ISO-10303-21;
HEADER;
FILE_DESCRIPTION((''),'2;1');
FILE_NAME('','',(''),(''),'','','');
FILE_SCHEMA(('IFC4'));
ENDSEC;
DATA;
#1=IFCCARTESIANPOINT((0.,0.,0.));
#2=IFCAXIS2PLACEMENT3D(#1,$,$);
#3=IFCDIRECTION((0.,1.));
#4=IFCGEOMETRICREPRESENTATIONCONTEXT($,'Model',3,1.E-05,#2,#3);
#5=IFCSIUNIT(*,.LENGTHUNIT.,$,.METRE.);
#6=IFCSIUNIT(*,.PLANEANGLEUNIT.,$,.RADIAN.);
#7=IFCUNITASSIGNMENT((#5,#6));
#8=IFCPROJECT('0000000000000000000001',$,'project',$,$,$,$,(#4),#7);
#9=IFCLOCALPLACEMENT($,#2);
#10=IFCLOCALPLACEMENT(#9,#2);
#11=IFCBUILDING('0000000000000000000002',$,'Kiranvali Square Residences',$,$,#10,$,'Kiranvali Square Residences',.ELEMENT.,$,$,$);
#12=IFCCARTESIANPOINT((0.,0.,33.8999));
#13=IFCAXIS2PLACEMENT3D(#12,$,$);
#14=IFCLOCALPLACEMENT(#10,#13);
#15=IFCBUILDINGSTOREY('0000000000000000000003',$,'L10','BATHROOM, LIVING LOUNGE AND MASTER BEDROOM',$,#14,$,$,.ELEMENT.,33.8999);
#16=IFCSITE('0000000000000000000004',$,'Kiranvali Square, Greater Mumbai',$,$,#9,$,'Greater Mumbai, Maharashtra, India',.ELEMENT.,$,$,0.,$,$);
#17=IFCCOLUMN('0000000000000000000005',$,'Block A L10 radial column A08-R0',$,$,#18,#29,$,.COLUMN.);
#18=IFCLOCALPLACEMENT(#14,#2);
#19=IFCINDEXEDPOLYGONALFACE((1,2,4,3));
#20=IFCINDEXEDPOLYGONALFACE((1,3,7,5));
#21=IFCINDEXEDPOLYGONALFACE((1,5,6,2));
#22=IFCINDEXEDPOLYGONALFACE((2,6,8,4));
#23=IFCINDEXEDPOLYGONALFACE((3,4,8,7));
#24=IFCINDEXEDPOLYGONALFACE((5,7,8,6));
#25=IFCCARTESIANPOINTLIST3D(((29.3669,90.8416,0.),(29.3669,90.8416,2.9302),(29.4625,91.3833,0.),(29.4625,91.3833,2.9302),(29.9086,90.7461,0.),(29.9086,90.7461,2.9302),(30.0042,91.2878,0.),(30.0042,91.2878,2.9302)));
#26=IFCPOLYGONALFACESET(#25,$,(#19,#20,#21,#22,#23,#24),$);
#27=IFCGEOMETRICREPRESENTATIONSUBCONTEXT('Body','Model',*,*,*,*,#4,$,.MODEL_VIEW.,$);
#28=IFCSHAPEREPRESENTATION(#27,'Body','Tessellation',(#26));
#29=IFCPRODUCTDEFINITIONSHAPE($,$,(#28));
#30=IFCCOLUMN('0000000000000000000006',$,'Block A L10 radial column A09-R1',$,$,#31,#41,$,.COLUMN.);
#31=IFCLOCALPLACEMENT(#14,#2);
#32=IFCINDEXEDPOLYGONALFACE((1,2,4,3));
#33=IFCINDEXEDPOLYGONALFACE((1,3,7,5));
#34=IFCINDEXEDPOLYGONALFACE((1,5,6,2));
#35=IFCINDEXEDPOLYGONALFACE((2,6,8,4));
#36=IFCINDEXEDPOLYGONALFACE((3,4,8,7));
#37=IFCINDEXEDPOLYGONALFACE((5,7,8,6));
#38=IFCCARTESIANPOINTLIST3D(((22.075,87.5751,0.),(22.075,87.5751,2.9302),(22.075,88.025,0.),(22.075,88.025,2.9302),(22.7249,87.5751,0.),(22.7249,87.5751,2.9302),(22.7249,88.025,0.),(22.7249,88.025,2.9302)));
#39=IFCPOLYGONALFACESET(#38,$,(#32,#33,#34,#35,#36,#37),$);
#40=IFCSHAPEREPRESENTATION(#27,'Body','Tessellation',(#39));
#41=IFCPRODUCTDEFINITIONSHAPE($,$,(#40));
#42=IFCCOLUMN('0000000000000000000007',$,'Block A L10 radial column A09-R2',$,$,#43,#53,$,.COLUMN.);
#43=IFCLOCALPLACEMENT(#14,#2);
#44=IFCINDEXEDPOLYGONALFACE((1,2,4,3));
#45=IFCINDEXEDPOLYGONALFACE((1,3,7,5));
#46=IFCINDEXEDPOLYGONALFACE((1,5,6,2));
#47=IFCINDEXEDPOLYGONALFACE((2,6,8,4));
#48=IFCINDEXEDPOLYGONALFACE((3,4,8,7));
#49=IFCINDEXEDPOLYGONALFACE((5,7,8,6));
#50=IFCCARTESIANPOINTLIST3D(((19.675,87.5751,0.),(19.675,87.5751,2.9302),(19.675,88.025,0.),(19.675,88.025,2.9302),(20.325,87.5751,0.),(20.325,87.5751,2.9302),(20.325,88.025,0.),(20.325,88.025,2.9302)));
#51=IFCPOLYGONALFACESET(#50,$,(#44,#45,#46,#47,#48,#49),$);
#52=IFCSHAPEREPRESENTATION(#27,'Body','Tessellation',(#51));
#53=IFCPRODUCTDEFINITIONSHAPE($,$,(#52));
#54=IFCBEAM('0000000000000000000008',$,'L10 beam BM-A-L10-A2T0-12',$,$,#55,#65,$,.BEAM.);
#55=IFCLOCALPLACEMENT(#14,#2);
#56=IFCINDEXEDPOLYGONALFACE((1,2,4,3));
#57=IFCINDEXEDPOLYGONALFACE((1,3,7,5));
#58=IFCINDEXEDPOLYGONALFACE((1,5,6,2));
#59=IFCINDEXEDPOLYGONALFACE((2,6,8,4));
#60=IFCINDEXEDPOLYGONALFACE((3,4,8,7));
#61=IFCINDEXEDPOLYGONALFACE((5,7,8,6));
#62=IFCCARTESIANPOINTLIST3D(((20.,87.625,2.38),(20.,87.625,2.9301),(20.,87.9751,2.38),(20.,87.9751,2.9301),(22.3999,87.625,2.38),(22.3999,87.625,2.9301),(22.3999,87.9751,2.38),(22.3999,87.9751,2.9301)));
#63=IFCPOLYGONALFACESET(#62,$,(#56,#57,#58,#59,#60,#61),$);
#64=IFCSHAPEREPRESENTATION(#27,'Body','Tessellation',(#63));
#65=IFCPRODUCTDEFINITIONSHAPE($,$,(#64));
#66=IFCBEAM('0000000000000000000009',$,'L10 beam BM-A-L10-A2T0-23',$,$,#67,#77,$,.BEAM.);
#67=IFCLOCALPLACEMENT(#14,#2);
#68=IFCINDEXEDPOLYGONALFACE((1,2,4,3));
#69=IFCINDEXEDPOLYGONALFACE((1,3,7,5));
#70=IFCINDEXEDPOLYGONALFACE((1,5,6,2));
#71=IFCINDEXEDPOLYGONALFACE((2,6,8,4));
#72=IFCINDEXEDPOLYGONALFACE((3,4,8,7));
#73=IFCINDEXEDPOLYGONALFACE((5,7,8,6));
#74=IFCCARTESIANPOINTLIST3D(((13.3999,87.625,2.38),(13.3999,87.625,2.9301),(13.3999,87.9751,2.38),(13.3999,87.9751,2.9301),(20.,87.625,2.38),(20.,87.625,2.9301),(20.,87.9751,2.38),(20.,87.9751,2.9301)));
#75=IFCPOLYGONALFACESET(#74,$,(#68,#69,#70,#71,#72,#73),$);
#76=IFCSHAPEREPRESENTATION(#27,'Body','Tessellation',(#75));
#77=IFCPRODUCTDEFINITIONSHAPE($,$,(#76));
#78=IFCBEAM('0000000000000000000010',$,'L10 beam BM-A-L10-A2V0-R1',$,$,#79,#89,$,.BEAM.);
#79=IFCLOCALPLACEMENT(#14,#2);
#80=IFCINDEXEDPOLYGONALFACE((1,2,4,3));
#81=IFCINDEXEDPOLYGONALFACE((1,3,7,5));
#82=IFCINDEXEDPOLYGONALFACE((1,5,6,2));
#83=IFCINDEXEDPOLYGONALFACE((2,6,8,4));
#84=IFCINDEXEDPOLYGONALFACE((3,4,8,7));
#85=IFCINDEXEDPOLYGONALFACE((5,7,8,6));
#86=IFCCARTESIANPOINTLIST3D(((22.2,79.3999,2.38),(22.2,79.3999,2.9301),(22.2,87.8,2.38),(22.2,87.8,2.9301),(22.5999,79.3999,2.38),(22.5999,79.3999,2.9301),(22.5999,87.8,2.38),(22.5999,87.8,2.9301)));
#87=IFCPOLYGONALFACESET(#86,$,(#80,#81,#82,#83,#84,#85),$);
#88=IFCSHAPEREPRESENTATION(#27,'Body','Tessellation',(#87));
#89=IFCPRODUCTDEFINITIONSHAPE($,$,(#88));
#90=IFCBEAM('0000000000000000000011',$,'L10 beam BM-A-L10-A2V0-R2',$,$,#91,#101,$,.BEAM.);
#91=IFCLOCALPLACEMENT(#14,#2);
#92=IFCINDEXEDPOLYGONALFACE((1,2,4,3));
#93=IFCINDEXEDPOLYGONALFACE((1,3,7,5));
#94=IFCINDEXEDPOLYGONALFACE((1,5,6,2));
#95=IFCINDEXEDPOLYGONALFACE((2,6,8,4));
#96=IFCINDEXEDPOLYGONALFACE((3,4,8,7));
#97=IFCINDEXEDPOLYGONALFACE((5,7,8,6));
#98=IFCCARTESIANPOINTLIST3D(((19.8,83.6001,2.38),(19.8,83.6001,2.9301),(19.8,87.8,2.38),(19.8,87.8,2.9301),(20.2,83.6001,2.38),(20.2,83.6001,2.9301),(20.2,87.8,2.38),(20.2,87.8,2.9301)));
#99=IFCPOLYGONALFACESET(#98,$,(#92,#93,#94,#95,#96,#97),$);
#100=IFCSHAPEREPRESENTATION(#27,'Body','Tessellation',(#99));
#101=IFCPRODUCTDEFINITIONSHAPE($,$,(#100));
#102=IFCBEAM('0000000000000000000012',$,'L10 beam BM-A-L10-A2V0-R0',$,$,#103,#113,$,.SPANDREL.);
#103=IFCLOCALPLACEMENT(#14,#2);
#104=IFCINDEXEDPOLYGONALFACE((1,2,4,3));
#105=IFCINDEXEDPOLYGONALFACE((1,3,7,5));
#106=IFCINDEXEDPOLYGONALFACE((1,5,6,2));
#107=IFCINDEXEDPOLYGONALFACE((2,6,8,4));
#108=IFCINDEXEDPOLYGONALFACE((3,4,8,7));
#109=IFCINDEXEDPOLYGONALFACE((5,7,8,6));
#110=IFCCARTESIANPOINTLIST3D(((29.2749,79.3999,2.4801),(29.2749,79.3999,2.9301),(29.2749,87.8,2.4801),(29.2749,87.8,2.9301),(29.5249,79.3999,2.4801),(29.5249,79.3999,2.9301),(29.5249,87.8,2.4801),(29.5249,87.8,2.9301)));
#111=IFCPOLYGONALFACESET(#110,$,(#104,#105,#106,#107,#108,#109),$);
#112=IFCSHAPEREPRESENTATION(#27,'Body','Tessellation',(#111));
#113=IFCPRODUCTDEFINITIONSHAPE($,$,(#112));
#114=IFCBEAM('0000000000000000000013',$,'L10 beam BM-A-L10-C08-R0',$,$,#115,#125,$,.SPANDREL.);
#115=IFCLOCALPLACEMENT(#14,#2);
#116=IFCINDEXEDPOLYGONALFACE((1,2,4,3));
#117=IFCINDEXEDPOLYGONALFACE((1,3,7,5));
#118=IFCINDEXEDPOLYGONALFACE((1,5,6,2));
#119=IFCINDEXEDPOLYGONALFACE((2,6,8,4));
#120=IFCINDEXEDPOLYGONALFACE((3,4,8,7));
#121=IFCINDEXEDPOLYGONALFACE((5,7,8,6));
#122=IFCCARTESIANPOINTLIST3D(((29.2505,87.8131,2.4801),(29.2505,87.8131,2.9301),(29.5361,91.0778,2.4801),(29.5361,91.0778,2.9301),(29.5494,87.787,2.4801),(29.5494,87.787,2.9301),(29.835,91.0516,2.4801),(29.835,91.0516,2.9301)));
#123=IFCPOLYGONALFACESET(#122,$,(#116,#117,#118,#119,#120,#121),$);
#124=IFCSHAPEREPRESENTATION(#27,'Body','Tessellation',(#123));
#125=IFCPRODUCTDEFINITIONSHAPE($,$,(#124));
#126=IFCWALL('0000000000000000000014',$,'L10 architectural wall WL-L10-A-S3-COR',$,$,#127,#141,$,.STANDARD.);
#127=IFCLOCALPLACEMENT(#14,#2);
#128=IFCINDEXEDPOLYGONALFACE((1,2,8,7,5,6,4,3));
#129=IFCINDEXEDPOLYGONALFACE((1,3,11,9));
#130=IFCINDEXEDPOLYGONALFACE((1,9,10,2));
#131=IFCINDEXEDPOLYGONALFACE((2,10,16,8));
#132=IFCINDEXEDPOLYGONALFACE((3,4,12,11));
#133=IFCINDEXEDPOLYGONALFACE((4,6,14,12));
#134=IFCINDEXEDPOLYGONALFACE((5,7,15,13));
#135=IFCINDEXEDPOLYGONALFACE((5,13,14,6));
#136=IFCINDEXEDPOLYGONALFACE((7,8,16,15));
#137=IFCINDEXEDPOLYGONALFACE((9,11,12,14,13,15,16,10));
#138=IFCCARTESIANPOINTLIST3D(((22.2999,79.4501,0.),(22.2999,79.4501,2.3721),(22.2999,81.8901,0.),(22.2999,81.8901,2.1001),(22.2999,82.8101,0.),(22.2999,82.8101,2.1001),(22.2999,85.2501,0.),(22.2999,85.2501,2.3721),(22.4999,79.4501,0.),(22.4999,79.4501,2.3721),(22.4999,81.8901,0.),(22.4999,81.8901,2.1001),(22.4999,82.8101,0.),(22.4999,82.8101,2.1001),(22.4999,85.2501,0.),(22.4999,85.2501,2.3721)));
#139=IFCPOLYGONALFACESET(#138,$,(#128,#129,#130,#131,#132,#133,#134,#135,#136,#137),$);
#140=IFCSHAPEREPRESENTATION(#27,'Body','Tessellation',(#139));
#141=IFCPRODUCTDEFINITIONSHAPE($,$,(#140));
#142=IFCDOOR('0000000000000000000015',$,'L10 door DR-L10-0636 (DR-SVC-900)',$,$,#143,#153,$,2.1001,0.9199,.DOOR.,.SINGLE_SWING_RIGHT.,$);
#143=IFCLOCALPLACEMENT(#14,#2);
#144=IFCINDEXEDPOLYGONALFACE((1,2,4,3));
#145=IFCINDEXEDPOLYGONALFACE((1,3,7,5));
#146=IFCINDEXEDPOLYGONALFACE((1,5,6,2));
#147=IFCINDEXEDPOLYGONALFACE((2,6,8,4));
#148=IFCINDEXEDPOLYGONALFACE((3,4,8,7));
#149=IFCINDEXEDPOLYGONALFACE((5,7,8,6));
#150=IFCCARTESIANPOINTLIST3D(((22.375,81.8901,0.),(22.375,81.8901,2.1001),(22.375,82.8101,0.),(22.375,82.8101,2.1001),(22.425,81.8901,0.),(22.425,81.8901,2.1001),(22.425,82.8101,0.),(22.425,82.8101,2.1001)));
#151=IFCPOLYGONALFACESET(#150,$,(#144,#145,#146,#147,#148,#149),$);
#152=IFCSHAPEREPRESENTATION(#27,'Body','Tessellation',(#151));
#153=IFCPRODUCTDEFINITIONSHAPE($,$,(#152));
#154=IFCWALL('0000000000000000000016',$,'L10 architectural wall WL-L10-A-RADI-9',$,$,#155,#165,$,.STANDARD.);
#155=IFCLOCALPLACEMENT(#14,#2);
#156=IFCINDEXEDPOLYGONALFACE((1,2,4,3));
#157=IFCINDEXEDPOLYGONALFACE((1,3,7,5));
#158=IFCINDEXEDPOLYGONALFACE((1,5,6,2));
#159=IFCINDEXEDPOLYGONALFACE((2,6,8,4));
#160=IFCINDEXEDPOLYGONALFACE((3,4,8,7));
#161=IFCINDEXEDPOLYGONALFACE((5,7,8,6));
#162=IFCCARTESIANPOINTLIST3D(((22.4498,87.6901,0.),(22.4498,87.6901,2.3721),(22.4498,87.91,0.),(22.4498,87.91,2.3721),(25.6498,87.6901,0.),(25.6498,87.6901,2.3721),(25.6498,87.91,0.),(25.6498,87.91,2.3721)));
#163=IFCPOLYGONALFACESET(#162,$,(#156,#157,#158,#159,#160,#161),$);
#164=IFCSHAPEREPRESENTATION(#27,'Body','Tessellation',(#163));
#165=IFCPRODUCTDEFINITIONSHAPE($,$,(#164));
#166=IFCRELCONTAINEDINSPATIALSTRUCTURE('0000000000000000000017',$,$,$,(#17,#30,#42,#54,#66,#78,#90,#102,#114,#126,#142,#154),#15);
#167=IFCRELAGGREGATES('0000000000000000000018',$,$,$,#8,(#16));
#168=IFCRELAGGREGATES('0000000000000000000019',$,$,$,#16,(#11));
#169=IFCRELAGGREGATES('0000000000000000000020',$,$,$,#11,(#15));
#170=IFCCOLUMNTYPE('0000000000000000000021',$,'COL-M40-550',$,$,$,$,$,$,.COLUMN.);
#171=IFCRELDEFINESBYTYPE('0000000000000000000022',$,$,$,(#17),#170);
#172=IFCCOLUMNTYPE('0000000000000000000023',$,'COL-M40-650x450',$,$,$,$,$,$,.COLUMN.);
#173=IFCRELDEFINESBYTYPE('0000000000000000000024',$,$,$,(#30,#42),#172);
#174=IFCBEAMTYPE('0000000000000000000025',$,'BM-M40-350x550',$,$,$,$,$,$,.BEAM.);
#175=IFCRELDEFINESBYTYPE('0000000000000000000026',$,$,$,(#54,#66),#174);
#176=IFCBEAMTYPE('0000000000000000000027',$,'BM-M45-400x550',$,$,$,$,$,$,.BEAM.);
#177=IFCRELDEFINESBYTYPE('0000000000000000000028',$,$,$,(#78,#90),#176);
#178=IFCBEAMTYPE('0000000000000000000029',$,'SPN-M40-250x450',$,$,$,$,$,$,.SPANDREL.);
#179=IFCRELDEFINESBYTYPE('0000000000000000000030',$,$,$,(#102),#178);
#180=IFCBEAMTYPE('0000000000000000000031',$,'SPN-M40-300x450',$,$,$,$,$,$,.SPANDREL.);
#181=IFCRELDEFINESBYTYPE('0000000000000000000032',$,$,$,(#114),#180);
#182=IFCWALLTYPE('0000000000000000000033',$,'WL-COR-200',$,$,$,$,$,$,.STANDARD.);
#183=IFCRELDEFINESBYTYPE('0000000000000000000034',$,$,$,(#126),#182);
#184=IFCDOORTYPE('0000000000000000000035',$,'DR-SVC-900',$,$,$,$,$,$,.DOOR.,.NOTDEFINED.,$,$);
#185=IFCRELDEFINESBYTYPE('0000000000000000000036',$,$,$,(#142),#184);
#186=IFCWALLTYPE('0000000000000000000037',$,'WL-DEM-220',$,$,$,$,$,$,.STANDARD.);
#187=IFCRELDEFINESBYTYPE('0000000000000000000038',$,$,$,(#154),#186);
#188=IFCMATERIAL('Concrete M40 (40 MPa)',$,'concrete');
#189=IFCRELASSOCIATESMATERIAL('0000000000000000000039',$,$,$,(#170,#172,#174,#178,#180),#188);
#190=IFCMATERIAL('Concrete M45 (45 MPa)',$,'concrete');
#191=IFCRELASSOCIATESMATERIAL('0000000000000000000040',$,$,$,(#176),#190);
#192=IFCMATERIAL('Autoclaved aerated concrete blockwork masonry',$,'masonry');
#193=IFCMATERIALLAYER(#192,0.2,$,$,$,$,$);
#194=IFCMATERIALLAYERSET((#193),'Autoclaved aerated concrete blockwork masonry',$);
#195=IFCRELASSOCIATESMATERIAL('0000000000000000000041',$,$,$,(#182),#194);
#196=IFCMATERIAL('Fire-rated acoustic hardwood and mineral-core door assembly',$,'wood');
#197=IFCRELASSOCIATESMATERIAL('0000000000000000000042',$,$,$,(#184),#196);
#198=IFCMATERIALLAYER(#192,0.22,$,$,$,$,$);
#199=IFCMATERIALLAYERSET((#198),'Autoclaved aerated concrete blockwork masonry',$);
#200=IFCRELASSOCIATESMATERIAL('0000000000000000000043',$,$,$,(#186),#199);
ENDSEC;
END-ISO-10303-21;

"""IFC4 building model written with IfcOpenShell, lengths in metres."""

from ifc_helpers import new_model, si_unit, direction, frame, frame_2d, origin, origin_2d, place, context, subcontext, project, spatial, rectangle, extrude, material, layer, layer_set, material_profile, profile_set, type_object, element, fill, save


model = new_model("IFC4")

# Units and contexts
model_context = context("Model", 3, precision=1e-05, world=origin(), true_north=direction((0.0, 1.0)))
body_context = subcontext(model_context, "Body", "Model", "MODEL_VIEW")
ifc_project = project(units=[si_unit("LENGTHUNIT", "METRE"), si_unit("PLANEANGLEUNIT", "RADIAN")], contexts=[model_context])

# Site, building, storey
site_placement = place(None, origin())
site = spatial("IfcSite", under=ifc_project, at=site_placement, Name="Kiranvali Square, Greater Mumbai", LongName="Greater Mumbai, Maharashtra, India", CompositionType="ELEMENT", RefElevation=0.0)
building_placement = place(site_placement, origin())
building = spatial("IfcBuilding", under=site, at=building_placement, Name="Kiranvali Square Residences", LongName="Kiranvali Square Residences", CompositionType="ELEMENT")
storey_placement = place(building_placement, frame((0.0, 0.0, 33.8999)))
storey = spatial("IfcBuildingStorey", under=building, at=storey_placement, Name="L10", Description="BATHROOM, LIVING LOUNGE AND MASTER BEDROOM", CompositionType="ELEMENT", Elevation=33.8999)

# Columns
ifc_material_1 = material(Name="Concrete M40 (40 MPa)", Category="concrete")
ifc_material_profile_1 = material_profile(ifc_material_1, rectangle(XDim=0.55, YDim=0.55, at=origin_2d()), Name="RC 550x550")
ifc_profile_set_1 = profile_set([ifc_material_profile_1], Name="Concrete M40 (40 MPa)")
column_type_1 = type_object("IfcColumnType", Name="COL-M40-550", PredefinedType="COLUMN", material=ifc_profile_set_1)
column_placement = place(storey_placement, frame((29.6855, 91.0647, 0.0), z_axis=(0.0, 0.0, 1.0), x_axis=(0.173648, 0.984808, 0.0)))
element("IfcColumn", 1, at=column_placement, inside=storey, type_object=column_type_1, Name="Block A L10 radial column A08-R0", PredefinedType="COLUMN", context=body_context, shape_type="SweptSolid", body=[
    extrude(rectangle(XDim=0.55, YDim=0.55, at=origin_2d()), origin(), (0.0, 0.0, 1.0), 2.9302),
])
ifc_material_profile_2 = material_profile(ifc_material_1, rectangle(XDim=0.45, YDim=0.6499, at=origin_2d()), Name="RC 650x450")
ifc_profile_set_2 = profile_set([ifc_material_profile_2], Name="Concrete M40 (40 MPa)")
column_type_2 = type_object("IfcColumnType", Name="COL-M40-650x450", PredefinedType="COLUMN", material=ifc_profile_set_2)
for number, where, z_axis, x_axis, name in (
    (2, (22.3999, 87.8, 0.0), (0.0, 0.0, 1.0), (0.0, 1.0, 0.0), "Block A L10 radial column A09-R1"),
    (3, (20.0, 87.8, 0.0), (0.0, 0.0, 1.0), (0.0, 1.0, 0.0), "Block A L10 radial column A09-R2"),
):
    element("IfcColumn", number, at=place(storey_placement, frame(where, z_axis=z_axis, x_axis=x_axis)), inside=storey, type_object=column_type_2, Name=name, PredefinedType="COLUMN", context=body_context, shape_type="SweptSolid", body=[
        extrude(rectangle(XDim=0.45, YDim=0.6499, at=origin_2d()), origin(), (0.0, 0.0, 1.0), 2.9302),
    ])

# Beams
ifc_material_profile_3 = material_profile(ifc_material_1, rectangle(XDim=0.3501, YDim=0.55, at=origin_2d()), Name="RC 350x550")
ifc_profile_set_3 = profile_set([ifc_material_profile_3], Name="Concrete M40 (40 MPa)")
beam_type_1 = type_object("IfcBeamType", Name="BM-M40-350x550", PredefinedType="BEAM", material=ifc_profile_set_3)
beam_1_placement = place(storey_placement, frame((22.3999, 87.8, 2.655), z_axis=(-1.0, 0.0, 0.0), x_axis=(0.0, -1.0, 0.0)))
element("IfcBeam", 4, at=beam_1_placement, inside=storey, type_object=beam_type_1, Name="L10 beam BM-A-L10-A2T0-12", PredefinedType="BEAM", context=body_context, shape_type="SweptSolid", body=[
    extrude(rectangle(XDim=0.3501, YDim=0.55, at=origin_2d()), origin(), (0.0, 0.0, 1.0), 2.3999),
])
beam_2_placement = place(storey_placement, frame((20.0, 87.8, 2.655), z_axis=(-1.0, 0.0, 0.0), x_axis=(0.0, -1.0, 0.0)))
element("IfcBeam", 5, at=beam_2_placement, inside=storey, type_object=beam_type_1, Name="L10 beam BM-A-L10-A2T0-23", PredefinedType="BEAM", context=body_context, shape_type="SweptSolid", body=[
    extrude(rectangle(XDim=0.3501, YDim=0.55, at=origin_2d()), origin(), (0.0, 0.0, 1.0), 6.6001),
])
ifc_material_2 = material(Name="Concrete M45 (45 MPa)", Category="concrete")
ifc_material_profile_4 = material_profile(ifc_material_2, rectangle(XDim=0.3999, YDim=0.55, at=origin_2d()), Name="RC 400x550")
ifc_profile_set_4 = profile_set([ifc_material_profile_4], Name="Concrete M45 (45 MPa)")
beam_type_2 = type_object("IfcBeamType", Name="BM-M45-400x550", PredefinedType="BEAM", material=ifc_profile_set_4)
beam_3_placement = place(storey_placement, frame((22.3999, 87.8, 2.655), z_axis=(0.0, -1.0, 0.0), x_axis=(1.0, 0.0, 0.0)))
element("IfcBeam", 6, at=beam_3_placement, inside=storey, type_object=beam_type_2, Name="L10 beam BM-A-L10-A2V0-R1", PredefinedType="BEAM", context=body_context, shape_type="SweptSolid", body=[
    extrude(rectangle(XDim=0.3999, YDim=0.55, at=origin_2d()), origin(), (0.0, 0.0, 1.0), 8.4001),
])
beam_4_placement = place(storey_placement, frame((20.0, 87.8, 2.655), z_axis=(0.0, -1.0, 0.0), x_axis=(1.0, 0.0, 0.0)))
element("IfcBeam", 7, at=beam_4_placement, inside=storey, type_object=beam_type_2, Name="L10 beam BM-A-L10-A2V0-R2", PredefinedType="BEAM", context=body_context, shape_type="SweptSolid", body=[
    extrude(rectangle(XDim=0.3999, YDim=0.55, at=origin_2d()), origin(), (0.0, 0.0, 1.0), 4.2),
])
ifc_material_profile_5 = material_profile(ifc_material_1, rectangle(XDim=0.25, YDim=0.45, at=origin_2d()), Name="RC 250x450")
ifc_profile_set_5 = profile_set([ifc_material_profile_5], Name="Concrete M40 (40 MPa)")
beam_type_3 = type_object("IfcBeamType", Name="SPN-M40-250x450", PredefinedType="SPANDREL", material=ifc_profile_set_5)
beam_5_placement = place(storey_placement, frame((29.3999, 87.8, 2.7051), z_axis=(0.0, -1.0, 0.0), x_axis=(1.0, 0.0, 0.0)))
element("IfcBeam", 8, at=beam_5_placement, inside=storey, type_object=beam_type_3, Name="L10 beam BM-A-L10-A2V0-R0", PredefinedType="SPANDREL", context=body_context, shape_type="SweptSolid", body=[
    extrude(rectangle(XDim=0.25, YDim=0.45, at=origin_2d()), origin(), (0.0, 0.0, 1.0), 8.4001),
])
ifc_material_profile_6 = material_profile(ifc_material_1, rectangle(XDim=0.3, YDim=0.45, at=origin_2d()), Name="RC 300x450")
ifc_profile_set_6 = profile_set([ifc_material_profile_6], Name="Concrete M40 (40 MPa)")
beam_type_4 = type_object("IfcBeamType", Name="SPN-M40-300x450", PredefinedType="SPANDREL", material=ifc_profile_set_6)
beam_6_placement = place(storey_placement, frame((29.6855, 91.0647, 2.7051), z_axis=(-0.087163, -0.996194, 0.0), x_axis=(0.996194, -0.087163, 0.0)))
element("IfcBeam", 9, at=beam_6_placement, inside=storey, type_object=beam_type_4, Name="L10 beam BM-A-L10-C08-R0", PredefinedType="SPANDREL", context=body_context, shape_type="SweptSolid", body=[
    extrude(rectangle(XDim=0.3, YDim=0.45, at=origin_2d()), origin(), (0.0, 0.0, 1.0), 3.2771),
])

# Wall, opening, door
ifc_material_3 = material(Name="Autoclaved aerated concrete blockwork masonry", Category="masonry")
ifc_layer_1 = layer(ifc_material_3, 0.2)
ifc_layer_set_1 = layer_set([ifc_layer_1], Name="Autoclaved aerated concrete blockwork masonry")
wall_type_1 = type_object("IfcWallType", Name="WL-COR-200", PredefinedType="STANDARD", material=ifc_layer_set_1)
ifc_material_4 = material(Name="Fire-rated acoustic hardwood and mineral-core door assembly", Category="wood")
wall_1_placement = place(storey_placement, frame((22.3999, 85.25, 0.0), z_axis=(0.0, 0.0, 1.0), x_axis=(0.0, -1.0, 0.0)))
wall_1 = element("IfcWall", 10, at=wall_1_placement, inside=storey, type_object=wall_type_1, Name="L10 architectural wall WL-L10-A-S3-COR", PredefinedType="STANDARD", context=body_context, shape_type="SweptSolid", body=[
    extrude(rectangle(XDim=5.8, YDim=0.2, at=frame_2d((2.8999, 0.0))), origin(), (0.0, 0.0, 1.0), 2.3721),
])
opening_1_placement = place(wall_1_placement, frame((2.4399, 0.0, 0.0)))
opening_1 = element("IfcOpeningElement", 11, at=opening_1_placement, cuts=wall_1, PredefinedType="OPENING", context=body_context, shape_type="SweptSolid", body=[
    extrude(rectangle(XDim=0.9199, YDim=2.1001, at=frame_2d((0.46, 1.05))), frame((0.0, 0.1099, 0.0), z_axis=(0.0, -1.0, 0.0), x_axis=(1.0, 0.0, 0.0)), (0.0, 0.0, 1.0), 0.22),
])
door_type_1 = type_object("IfcDoorType", Name="DR-SVC-900", OperationType="NOTDEFINED", PredefinedType="DOOR", material=ifc_material_4)
door_1_placement = place(opening_1_placement, frame((0.9199, 0.0, 0.0), z_axis=(0.0, 0.0, 1.0), x_axis=(-1.0, 0.0, 0.0)))
door_1 = element("IfcDoor", 12, at=door_1_placement, inside=storey, type_object=door_type_1, Name="L10 door DR-L10-0636 (DR-SVC-900)", OperationType="SINGLE_SWING_RIGHT", OverallHeight=2.1001, OverallWidth=0.9199, PredefinedType="DOOR", context=body_context, shape_type="SweptSolid", body=[
    extrude(rectangle(XDim=0.9199, YDim=2.1001, at=frame_2d((0.46, 1.05))), frame((0.0, 0.0249, 0.0), z_axis=(0.0, -1.0, 0.0), x_axis=(1.0, 0.0, 0.0)), (0.0, 0.0, 1.0), 0.05),
])
fill(opening_1, door_1)

# Wall
ifc_layer_2 = layer(ifc_material_3, 0.22)
ifc_layer_set_2 = layer_set([ifc_layer_2], Name="Autoclaved aerated concrete blockwork masonry")
wall_type_2 = type_object("IfcWallType", Name="WL-DEM-220", PredefinedType="STANDARD", material=ifc_layer_set_2)
wall_2_placement = place(storey_placement, frame((25.6499, 87.8, 0.0), z_axis=(0.0, 0.0, 1.0), x_axis=(-1.0, 0.0, 0.0)))
element("IfcWall", 13, at=wall_2_placement, inside=storey, type_object=wall_type_2, Name="L10 architectural wall WL-L10-A-RADI-9", PredefinedType="STANDARD", context=body_context, shape_type="SweptSolid", body=[
    extrude(rectangle(XDim=3.2, YDim=0.22, at=frame_2d((1.6001, 0.0))), origin(), (0.0, 0.0, 1.0), 2.3721),
])

save(model, "model.ifc")
